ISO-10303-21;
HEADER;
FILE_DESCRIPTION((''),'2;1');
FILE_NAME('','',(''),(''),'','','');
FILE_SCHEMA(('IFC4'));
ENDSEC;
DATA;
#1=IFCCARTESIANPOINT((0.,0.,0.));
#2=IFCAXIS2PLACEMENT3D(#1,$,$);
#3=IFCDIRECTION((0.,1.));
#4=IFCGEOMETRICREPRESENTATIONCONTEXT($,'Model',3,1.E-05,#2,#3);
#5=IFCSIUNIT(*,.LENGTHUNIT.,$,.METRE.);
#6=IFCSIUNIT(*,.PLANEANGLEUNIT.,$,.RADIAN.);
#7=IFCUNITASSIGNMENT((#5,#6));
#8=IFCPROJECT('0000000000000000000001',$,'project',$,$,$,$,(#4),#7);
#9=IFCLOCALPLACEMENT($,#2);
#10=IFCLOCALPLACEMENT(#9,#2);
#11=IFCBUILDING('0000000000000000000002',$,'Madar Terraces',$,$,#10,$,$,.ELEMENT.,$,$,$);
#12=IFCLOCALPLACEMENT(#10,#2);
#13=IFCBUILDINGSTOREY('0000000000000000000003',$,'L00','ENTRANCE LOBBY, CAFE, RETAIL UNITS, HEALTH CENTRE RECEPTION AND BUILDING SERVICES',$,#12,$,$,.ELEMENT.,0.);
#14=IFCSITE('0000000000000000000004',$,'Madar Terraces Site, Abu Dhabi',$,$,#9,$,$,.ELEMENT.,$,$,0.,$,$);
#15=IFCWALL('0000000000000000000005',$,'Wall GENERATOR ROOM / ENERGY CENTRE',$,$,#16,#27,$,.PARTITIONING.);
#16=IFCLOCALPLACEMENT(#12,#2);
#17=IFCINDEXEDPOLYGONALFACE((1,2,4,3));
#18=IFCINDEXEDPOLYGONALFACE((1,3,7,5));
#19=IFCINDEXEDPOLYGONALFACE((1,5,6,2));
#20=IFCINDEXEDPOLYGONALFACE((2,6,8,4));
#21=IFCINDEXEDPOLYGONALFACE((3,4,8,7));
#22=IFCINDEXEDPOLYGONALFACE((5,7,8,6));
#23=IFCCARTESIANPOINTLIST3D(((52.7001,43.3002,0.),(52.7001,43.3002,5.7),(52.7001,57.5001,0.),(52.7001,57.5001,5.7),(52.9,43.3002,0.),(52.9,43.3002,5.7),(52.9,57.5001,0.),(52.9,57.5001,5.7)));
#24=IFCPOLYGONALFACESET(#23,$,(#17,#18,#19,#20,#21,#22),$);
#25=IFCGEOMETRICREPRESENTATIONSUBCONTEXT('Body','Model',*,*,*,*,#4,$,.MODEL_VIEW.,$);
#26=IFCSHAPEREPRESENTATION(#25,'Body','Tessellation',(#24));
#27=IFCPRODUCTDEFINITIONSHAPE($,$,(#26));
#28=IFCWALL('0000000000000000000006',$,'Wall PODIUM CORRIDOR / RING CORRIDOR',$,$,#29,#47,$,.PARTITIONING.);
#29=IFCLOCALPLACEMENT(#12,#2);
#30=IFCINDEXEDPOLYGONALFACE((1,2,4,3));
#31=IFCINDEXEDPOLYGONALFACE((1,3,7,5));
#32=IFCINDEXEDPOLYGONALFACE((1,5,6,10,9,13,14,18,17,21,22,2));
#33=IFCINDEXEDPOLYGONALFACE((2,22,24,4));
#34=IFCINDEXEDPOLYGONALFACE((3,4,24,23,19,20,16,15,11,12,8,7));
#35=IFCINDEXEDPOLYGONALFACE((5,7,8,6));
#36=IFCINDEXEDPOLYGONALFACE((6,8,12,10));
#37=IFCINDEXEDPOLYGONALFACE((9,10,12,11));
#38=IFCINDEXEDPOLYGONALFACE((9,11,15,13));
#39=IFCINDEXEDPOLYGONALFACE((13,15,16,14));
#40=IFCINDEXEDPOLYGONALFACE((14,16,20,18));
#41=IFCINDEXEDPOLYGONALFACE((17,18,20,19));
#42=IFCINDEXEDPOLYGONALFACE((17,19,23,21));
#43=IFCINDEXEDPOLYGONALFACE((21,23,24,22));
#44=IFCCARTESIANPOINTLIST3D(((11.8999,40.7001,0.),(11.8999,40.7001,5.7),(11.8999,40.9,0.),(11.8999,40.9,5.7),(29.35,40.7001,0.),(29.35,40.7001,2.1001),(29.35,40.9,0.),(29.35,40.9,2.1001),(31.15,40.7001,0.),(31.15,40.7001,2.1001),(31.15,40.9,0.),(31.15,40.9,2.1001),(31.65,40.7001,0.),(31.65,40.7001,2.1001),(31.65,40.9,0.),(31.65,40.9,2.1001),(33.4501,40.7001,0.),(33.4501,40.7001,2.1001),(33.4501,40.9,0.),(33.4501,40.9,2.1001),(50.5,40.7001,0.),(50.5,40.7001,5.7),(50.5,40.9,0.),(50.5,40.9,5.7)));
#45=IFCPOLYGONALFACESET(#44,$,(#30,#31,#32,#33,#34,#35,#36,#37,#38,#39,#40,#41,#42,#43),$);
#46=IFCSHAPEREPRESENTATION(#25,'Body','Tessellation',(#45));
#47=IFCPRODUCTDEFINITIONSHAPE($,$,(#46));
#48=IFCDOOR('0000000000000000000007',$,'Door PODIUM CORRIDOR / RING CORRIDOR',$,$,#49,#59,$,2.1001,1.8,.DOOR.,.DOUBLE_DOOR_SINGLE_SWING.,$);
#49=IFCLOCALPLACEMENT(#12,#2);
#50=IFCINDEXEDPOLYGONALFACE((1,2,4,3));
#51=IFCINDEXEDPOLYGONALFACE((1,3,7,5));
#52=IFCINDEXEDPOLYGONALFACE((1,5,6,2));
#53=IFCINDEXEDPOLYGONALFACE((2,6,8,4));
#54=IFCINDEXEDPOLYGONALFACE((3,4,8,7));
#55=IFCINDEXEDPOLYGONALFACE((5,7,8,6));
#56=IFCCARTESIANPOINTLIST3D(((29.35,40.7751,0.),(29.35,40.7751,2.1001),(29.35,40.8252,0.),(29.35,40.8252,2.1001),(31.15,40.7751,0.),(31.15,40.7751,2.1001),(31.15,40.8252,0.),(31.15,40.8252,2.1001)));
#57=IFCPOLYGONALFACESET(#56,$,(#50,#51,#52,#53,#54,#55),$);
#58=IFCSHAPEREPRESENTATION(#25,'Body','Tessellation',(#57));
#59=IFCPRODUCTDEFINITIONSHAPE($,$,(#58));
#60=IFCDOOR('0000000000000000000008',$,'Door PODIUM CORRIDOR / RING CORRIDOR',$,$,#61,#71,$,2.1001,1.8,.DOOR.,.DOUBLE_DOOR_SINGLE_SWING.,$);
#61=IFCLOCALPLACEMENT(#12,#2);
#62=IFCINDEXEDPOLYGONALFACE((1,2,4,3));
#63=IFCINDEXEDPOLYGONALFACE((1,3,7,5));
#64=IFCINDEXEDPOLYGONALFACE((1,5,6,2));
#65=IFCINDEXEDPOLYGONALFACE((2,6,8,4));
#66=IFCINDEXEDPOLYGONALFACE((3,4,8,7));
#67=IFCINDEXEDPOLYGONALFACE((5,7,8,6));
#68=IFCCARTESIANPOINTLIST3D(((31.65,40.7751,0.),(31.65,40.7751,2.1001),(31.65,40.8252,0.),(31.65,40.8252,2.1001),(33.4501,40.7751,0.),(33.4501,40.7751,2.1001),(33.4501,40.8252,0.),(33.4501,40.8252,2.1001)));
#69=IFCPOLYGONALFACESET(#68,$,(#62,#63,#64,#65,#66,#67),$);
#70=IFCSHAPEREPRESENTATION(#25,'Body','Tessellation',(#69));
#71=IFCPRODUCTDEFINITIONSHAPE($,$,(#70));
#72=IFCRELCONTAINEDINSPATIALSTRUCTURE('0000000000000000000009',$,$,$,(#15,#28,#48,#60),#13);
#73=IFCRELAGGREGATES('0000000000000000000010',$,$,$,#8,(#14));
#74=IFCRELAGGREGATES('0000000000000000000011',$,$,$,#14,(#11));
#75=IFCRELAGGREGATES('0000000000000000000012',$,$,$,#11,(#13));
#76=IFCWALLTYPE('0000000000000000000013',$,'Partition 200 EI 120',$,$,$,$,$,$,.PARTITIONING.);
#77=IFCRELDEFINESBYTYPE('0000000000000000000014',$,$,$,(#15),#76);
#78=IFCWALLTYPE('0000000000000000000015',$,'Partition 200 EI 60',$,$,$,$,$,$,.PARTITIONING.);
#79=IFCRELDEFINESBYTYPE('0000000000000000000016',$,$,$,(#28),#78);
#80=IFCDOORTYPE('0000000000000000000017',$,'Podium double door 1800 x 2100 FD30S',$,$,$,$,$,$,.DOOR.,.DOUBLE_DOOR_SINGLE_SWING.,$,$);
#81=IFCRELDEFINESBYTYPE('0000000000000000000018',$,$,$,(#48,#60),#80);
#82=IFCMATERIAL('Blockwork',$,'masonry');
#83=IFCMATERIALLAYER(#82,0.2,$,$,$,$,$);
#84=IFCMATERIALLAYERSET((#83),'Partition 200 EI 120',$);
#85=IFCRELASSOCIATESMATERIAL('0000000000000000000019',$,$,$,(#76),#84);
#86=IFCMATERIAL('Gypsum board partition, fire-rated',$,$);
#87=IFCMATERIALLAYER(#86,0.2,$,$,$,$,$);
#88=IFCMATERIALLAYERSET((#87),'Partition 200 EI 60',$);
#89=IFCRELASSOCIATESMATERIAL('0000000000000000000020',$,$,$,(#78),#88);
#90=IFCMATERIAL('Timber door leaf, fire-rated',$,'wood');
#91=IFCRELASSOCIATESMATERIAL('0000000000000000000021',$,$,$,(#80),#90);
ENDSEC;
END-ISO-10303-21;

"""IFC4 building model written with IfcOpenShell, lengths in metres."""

from ifc_helpers import new_model, si_unit, direction, frame, frame_2d, origin, place, context, subcontext, project, spatial, rectangle, extrude, material, layer, layer_set, type_object, element, fill, save


model = new_model("IFC4")

# Units and contexts
model_context = context("Model", 3, precision=1e-05, world=origin(), true_north=direction((0.0, 1.0)))
body_context = subcontext(model_context, "Body", "Model", "MODEL_VIEW")
ifc_project = project(units=[si_unit("LENGTHUNIT", "METRE"), si_unit("PLANEANGLEUNIT", "RADIAN")], contexts=[model_context])

# Site, building, storey
site_placement = place(None, origin())
site = spatial("IfcSite", under=ifc_project, at=site_placement, Name="Madar Terraces Site, Abu Dhabi", CompositionType="ELEMENT", RefElevation=0.0)
building_placement = place(site_placement, origin())
building = spatial("IfcBuilding", under=site, at=building_placement, Name="Madar Terraces", CompositionType="ELEMENT")
storey_placement = place(building_placement, origin())
storey = spatial("IfcBuildingStorey", under=building, at=storey_placement, Name="L00", Description="ENTRANCE LOBBY, CAFE, RETAIL UNITS, HEALTH CENTRE RECEPTION AND BUILDING SERVICES", CompositionType="ELEMENT", Elevation=0.0)

# Wall
ifc_material_1 = material(Name="Blockwork", Category="masonry")
ifc_layer_1 = layer(ifc_material_1, 0.2)
ifc_layer_set_1 = layer_set([ifc_layer_1], Name="Partition 200 EI 120")
wall_type_1 = type_object("IfcWallType", Name="Partition 200 EI 120", PredefinedType="PARTITIONING", material=ifc_layer_set_1)
wall_1_placement = place(storey_placement, frame((52.8, 43.3, 0.0), z_axis=(0.0, 0.0, 1.0), x_axis=(0.0, 1.0, 0.0)))
element("IfcWall", 1, at=wall_1_placement, inside=storey, type_object=wall_type_1, Name="Wall GENERATOR ROOM / ENERGY CENTRE", PredefinedType="PARTITIONING", context=body_context, shape_type="SweptSolid", body=[
    extrude(rectangle(XDim=14.2, YDim=0.2, at=frame_2d((7.1001, 0.0))), origin(), (0.0, 0.0, 1.0), 5.7),
])

# Wall, openings, doors
ifc_material_2 = material(Name="Gypsum board partition, fire-rated")
ifc_layer_2 = layer(ifc_material_2, 0.2)
ifc_layer_set_2 = layer_set([ifc_layer_2], Name="Partition 200 EI 60")
wall_type_2 = type_object("IfcWallType", Name="Partition 200 EI 60", PredefinedType="PARTITIONING", material=ifc_layer_set_2)
wall_2_placement = place(storey_placement, frame((50.5, 40.8, 0.0), z_axis=(0.0, 0.0, 1.0), x_axis=(-1.0, 0.0, 0.0)))
wall_2 = element("IfcWall", 2, at=wall_2_placement, inside=storey, type_object=wall_type_2, Name="Wall PODIUM CORRIDOR / RING CORRIDOR", PredefinedType="PARTITIONING", context=body_context, shape_type="SweptSolid", body=[
    extrude(rectangle(XDim=38.6001, YDim=0.2, at=frame_2d((19.3, 0.0))), origin(), (0.0, 0.0, 1.0), 5.7),
])
opening_1_placement = place(wall_2_placement, frame((19.3501, 0.0, 0.0)))
opening_1 = element("IfcOpeningElement", 3, at=opening_1_placement, cuts=wall_2, PredefinedType="OPENING", context=body_context, shape_type="SweptSolid", body=[
    extrude(rectangle(XDim=1.8, YDim=2.1001, at=frame_2d((0.8999, 1.05))), frame((0.0, 0.1099, 0.0), z_axis=(0.0, -1.0, 0.0), x_axis=(1.0, 0.0, 0.0)), (0.0, 0.0, 1.0), 0.22),
])
opening_2_placement = place(wall_2_placement, frame((17.05, 0.0, 0.0)))
opening_2 = element("IfcOpeningElement", 4, at=opening_2_placement, cuts=wall_2, PredefinedType="OPENING", context=body_context, shape_type="SweptSolid", body=[
    extrude(rectangle(XDim=1.8, YDim=2.1001, at=frame_2d((0.8999, 1.05))), frame((0.0, 0.1099, 0.0), z_axis=(0.0, -1.0, 0.0), x_axis=(1.0, 0.0, 0.0)), (0.0, 0.0, 1.0), 0.22),
])
ifc_material_3 = material(Name="Timber door leaf, fire-rated", Category="wood")
door_type_1 = type_object("IfcDoorType", Name="Podium double door 1800 x 2100 FD30S", OperationType="DOUBLE_DOOR_SINGLE_SWING", PredefinedType="DOOR", material=ifc_material_3)
door_1_placement = place(opening_1_placement, origin())
door_1 = element("IfcDoor", 5, at=door_1_placement, inside=storey, type_object=door_type_1, Name="Door PODIUM CORRIDOR / RING CORRIDOR", OperationType="DOUBLE_DOOR_SINGLE_SWING", OverallHeight=2.1001, OverallWidth=1.8, PredefinedType="DOOR", context=body_context, shape_type="SweptSolid", body=[
    extrude(rectangle(XDim=1.8, YDim=2.1001, at=frame_2d((0.8999, 1.05))), frame((0.0, 0.0249, 0.0), z_axis=(0.0, -1.0, 0.0), x_axis=(1.0, 0.0, 0.0)), (0.0, 0.0, 1.0), 0.05),
])
fill(opening_1, door_1)
door_2_placement = place(opening_2_placement, origin())
door_2 = element("IfcDoor", 6, at=door_2_placement, inside=storey, type_object=door_type_1, Name="Door PODIUM CORRIDOR / RING CORRIDOR", OperationType="DOUBLE_DOOR_SINGLE_SWING", OverallHeight=2.1001, OverallWidth=1.8, PredefinedType="DOOR", context=body_context, shape_type="SweptSolid", body=[
    extrude(rectangle(XDim=1.8, YDim=2.1001, at=frame_2d((0.8999, 1.05))), frame((0.0, 0.0249, 0.0), z_axis=(0.0, -1.0, 0.0), x_axis=(1.0, 0.0, 0.0)), (0.0, 0.0, 1.0), 0.05),
])
fill(opening_2, door_2)

save(model, "model.ifc")
